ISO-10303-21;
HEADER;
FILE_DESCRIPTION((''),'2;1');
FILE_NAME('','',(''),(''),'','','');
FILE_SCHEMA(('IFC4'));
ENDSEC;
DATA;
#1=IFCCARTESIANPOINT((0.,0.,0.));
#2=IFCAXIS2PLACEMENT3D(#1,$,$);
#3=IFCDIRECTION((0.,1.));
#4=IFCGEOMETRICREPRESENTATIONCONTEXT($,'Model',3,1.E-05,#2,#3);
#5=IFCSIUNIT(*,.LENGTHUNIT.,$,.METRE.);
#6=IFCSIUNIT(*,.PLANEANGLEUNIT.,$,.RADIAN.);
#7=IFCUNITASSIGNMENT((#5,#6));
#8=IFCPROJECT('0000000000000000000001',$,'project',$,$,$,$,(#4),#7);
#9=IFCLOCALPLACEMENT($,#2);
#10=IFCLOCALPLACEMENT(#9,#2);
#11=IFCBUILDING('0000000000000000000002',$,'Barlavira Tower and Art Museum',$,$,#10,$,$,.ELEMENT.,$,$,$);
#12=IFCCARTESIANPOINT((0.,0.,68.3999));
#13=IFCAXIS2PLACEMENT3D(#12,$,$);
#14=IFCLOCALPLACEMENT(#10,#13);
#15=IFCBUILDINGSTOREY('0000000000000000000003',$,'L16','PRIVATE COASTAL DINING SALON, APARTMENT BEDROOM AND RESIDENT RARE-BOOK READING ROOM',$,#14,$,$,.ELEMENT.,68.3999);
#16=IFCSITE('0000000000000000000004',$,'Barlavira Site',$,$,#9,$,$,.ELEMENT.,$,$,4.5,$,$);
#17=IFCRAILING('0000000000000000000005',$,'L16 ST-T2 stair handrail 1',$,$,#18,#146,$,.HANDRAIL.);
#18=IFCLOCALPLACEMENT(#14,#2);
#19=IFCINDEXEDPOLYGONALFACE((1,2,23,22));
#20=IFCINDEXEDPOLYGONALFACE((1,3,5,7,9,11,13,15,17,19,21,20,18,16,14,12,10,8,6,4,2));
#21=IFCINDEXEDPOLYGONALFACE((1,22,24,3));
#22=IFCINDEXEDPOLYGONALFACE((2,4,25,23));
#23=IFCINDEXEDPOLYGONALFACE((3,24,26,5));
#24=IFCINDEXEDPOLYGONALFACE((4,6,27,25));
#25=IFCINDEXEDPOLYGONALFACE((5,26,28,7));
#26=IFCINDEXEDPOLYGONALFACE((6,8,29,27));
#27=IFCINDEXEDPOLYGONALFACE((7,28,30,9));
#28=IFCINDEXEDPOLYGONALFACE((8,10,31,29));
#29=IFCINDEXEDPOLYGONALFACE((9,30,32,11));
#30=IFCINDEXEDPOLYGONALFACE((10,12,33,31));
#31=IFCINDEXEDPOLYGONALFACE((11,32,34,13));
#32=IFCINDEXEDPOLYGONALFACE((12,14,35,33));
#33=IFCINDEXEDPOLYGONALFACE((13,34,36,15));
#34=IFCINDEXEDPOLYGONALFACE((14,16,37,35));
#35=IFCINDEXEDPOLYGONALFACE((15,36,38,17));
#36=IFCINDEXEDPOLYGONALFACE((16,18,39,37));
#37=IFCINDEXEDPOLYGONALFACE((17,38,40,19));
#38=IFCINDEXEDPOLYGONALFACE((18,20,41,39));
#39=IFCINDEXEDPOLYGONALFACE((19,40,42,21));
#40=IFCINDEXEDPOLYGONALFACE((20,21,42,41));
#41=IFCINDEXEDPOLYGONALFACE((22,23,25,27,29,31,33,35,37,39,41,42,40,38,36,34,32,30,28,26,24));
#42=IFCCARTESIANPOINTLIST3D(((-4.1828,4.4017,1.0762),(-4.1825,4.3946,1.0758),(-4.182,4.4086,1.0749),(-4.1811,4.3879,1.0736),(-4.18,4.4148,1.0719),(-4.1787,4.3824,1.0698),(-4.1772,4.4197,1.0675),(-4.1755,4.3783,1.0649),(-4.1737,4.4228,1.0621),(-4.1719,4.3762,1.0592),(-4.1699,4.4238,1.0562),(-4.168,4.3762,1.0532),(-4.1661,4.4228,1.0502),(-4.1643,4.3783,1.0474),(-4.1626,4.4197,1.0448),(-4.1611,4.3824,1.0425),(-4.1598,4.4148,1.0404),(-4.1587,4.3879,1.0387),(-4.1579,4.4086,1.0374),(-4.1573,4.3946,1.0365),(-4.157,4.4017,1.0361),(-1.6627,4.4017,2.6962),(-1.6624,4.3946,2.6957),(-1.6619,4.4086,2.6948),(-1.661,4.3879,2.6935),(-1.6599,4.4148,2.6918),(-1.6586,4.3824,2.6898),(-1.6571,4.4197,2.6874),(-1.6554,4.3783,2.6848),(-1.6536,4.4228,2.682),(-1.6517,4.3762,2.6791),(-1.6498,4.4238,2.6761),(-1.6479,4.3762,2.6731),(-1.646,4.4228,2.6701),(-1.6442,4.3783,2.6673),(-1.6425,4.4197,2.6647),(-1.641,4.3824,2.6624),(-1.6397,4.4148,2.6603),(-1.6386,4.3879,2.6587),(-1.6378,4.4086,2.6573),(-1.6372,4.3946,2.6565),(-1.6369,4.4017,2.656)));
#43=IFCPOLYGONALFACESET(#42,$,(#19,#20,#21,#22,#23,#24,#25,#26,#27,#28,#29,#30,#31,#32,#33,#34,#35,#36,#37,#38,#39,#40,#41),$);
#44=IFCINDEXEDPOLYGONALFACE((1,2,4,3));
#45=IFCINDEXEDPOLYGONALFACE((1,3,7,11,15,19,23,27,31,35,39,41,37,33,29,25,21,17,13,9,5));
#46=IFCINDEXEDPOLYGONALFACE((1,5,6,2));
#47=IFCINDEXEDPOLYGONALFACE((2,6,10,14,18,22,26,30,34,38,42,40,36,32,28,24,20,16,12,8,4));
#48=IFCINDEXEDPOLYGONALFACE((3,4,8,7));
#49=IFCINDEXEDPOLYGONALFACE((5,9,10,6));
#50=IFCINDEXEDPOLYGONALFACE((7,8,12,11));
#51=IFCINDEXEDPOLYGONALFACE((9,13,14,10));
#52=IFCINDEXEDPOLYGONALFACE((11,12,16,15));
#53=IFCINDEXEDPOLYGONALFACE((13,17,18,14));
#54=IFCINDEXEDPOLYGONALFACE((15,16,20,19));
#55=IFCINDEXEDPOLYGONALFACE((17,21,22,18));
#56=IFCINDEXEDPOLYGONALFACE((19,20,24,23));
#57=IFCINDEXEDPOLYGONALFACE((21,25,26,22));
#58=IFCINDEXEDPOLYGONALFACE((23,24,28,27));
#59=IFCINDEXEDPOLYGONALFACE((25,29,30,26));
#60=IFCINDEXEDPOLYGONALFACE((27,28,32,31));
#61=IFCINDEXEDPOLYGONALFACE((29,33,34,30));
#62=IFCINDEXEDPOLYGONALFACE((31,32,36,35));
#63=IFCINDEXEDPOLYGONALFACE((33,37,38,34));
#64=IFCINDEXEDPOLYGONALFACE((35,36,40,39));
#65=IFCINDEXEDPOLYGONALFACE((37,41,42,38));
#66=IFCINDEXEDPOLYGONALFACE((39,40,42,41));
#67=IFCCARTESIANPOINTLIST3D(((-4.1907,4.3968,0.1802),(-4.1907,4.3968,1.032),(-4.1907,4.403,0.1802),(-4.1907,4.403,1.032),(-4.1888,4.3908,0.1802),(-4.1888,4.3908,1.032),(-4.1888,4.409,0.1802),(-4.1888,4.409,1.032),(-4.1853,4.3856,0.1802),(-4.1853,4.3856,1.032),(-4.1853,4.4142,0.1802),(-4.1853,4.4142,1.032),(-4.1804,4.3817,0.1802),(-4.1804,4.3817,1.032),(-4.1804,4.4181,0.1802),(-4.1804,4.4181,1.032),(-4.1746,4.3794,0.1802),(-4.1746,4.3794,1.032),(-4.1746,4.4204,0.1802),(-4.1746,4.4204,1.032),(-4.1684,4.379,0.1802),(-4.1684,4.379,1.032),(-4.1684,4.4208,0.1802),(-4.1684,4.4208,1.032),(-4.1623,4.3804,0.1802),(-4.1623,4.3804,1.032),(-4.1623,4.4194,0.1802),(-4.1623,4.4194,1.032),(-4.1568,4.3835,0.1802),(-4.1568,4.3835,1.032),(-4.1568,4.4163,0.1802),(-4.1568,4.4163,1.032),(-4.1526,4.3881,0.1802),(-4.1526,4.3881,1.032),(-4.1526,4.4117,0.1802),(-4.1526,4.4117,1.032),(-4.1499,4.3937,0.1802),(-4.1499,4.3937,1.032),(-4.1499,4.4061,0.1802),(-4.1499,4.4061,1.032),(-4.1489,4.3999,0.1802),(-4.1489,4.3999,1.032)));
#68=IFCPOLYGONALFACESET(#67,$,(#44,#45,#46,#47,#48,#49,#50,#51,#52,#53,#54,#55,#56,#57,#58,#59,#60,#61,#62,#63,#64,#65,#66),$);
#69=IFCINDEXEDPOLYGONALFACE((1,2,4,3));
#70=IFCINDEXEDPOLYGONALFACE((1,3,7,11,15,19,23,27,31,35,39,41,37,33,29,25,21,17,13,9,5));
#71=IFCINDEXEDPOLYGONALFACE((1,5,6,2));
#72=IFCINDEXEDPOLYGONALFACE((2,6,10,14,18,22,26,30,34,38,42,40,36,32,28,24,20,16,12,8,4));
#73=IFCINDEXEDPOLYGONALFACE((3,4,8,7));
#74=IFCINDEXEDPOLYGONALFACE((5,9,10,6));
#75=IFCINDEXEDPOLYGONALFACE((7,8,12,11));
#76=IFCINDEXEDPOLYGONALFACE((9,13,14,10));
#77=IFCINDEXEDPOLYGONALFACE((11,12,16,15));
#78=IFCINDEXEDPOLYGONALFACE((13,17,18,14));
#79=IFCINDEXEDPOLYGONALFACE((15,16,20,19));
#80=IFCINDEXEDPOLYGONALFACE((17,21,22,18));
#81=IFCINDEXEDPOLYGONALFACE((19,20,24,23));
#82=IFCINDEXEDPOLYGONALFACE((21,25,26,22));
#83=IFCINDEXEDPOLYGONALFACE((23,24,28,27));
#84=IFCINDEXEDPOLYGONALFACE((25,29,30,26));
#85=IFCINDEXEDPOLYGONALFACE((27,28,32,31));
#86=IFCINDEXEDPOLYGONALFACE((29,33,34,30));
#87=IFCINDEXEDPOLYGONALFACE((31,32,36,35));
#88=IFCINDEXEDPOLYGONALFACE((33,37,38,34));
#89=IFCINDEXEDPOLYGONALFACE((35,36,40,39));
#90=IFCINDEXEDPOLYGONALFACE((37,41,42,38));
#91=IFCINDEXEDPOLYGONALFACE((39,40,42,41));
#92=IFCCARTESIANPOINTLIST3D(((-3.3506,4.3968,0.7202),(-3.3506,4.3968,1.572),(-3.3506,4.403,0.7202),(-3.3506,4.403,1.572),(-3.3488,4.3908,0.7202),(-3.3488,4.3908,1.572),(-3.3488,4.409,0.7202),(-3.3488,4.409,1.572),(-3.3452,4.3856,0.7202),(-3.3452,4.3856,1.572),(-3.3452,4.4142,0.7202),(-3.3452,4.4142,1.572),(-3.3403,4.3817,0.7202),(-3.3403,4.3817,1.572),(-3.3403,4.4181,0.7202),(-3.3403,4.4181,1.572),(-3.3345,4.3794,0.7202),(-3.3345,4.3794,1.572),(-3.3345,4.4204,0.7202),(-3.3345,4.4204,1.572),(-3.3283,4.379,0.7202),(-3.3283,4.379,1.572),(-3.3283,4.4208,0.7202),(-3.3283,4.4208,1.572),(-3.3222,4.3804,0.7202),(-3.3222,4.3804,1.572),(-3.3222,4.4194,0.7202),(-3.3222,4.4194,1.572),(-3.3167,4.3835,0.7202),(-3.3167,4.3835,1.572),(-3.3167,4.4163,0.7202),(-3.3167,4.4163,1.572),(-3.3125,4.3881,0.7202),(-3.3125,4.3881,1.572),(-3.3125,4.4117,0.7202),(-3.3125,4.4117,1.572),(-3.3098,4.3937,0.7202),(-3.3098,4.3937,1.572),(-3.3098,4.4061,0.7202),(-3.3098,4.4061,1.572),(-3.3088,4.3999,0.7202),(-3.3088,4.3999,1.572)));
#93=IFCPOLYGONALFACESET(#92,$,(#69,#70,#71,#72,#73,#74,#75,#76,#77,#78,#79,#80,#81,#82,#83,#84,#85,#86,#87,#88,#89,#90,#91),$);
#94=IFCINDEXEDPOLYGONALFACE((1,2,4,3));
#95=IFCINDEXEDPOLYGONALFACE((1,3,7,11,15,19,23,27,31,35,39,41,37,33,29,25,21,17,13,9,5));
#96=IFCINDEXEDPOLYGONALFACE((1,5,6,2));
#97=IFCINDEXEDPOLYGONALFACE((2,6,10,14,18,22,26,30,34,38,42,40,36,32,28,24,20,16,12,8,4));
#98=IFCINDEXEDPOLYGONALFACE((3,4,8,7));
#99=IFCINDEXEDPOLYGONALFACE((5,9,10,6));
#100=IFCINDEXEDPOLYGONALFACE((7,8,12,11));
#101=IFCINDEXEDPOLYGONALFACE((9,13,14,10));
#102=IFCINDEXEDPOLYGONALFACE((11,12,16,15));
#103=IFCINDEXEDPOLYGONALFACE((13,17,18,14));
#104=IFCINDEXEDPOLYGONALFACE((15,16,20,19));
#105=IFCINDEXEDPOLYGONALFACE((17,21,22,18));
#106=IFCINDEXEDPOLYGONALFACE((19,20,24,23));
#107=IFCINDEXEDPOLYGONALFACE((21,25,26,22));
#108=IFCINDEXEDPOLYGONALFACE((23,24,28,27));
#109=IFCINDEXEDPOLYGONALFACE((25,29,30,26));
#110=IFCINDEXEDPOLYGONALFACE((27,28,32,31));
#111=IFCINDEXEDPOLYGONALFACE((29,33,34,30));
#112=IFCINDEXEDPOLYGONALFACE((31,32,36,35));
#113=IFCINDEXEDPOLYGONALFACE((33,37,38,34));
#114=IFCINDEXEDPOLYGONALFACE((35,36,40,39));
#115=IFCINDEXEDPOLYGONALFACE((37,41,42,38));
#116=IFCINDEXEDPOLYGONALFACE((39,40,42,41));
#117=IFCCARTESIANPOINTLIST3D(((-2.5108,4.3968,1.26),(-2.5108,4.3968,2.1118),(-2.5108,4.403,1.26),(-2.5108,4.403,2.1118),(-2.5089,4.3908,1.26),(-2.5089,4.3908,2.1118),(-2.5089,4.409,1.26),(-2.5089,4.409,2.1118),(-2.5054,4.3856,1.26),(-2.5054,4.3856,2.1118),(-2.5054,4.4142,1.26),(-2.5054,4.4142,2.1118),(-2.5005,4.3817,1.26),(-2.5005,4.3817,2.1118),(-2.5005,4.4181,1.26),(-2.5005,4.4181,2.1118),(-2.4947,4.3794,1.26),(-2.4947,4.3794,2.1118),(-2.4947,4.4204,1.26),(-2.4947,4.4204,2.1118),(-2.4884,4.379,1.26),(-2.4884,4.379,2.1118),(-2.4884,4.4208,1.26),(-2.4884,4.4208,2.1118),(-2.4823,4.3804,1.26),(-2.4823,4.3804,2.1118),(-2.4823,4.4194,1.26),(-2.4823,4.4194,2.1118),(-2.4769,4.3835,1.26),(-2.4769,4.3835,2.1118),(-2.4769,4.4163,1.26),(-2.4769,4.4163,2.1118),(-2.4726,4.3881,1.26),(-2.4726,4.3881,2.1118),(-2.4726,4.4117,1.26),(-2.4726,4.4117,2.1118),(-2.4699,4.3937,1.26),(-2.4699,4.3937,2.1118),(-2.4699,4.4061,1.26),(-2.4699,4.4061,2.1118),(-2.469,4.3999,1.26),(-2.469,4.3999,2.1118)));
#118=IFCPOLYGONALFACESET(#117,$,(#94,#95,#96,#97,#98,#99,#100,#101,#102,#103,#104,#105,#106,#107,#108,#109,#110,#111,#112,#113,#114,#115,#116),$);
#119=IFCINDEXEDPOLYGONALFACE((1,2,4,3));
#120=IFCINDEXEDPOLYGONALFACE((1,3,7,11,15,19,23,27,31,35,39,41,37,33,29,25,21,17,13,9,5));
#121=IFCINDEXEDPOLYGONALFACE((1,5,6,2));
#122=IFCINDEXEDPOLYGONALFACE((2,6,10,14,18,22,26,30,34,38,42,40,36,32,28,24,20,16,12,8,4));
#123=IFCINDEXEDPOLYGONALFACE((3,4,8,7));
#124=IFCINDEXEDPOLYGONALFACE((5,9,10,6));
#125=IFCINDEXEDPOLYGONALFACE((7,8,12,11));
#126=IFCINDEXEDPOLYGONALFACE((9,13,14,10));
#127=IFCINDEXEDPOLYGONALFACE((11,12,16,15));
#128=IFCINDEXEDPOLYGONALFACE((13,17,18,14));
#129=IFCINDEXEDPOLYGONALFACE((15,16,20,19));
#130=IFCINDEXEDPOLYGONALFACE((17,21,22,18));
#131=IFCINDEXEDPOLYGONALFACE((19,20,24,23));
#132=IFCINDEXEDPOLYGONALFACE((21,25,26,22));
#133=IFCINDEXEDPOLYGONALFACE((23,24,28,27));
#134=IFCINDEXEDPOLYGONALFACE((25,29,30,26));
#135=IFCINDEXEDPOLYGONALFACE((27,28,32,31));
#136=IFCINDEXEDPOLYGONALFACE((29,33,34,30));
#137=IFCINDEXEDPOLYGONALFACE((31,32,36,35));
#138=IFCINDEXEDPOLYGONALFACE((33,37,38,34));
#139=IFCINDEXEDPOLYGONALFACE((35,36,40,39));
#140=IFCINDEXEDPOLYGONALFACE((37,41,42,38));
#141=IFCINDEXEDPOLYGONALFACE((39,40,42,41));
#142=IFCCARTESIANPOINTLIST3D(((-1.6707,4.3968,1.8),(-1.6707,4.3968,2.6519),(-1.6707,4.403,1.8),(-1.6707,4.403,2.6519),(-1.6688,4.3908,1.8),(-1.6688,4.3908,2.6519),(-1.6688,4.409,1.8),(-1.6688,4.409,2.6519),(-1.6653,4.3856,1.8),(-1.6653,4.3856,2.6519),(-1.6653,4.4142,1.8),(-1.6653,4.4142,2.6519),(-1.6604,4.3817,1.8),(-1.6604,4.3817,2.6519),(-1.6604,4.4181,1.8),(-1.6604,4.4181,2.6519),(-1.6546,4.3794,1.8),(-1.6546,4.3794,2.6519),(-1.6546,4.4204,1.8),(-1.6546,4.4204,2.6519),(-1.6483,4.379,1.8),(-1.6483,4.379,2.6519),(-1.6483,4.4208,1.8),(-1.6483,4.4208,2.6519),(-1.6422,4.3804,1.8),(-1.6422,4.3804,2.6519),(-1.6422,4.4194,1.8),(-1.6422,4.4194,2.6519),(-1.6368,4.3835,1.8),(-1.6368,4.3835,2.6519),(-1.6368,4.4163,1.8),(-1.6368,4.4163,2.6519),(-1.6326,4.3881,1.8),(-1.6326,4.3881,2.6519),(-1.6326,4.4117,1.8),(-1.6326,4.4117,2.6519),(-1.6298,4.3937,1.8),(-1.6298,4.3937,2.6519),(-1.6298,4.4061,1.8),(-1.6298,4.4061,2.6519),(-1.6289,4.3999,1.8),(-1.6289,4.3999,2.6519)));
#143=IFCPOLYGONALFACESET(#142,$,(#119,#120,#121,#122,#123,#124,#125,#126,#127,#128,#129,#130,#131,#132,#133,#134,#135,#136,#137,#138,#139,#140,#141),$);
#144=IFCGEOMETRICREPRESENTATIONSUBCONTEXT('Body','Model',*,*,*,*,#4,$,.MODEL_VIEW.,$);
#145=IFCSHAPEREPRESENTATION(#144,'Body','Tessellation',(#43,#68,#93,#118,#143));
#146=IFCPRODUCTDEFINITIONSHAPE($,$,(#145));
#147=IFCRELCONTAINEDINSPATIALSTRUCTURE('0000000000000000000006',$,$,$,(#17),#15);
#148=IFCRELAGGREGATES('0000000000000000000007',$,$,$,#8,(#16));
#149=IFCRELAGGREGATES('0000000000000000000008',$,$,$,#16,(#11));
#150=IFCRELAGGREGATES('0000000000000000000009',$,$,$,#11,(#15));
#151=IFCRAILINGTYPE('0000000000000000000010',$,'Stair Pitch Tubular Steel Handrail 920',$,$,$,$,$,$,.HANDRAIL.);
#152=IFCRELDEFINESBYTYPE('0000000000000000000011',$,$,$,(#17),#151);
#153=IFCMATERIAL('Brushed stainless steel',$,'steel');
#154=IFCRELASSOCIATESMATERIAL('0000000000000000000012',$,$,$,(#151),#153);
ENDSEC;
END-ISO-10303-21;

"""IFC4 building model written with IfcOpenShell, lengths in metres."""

from ifc_helpers import new_model, si_unit, direction, frame, origin, origin_2d, place, context, subcontext, project, spatial, circle, extrude, material, type_object, element, save


model = new_model("IFC4")

# Units and contexts
model_context = context("Model", 3, precision=1e-05, world=origin(), true_north=direction((0.0, 1.0)))
body_context = subcontext(model_context, "Body", "Model", "MODEL_VIEW")
ifc_project = project(units=[si_unit("LENGTHUNIT", "METRE"), si_unit("PLANEANGLEUNIT", "RADIAN")], contexts=[model_context])

# Site, building, storey
site_placement = place(None, origin())
site = spatial("IfcSite", under=ifc_project, at=site_placement, Name="Barlavira Site", CompositionType="ELEMENT", RefElevation=4.5)
building_placement = place(site_placement, origin())
building = spatial("IfcBuilding", under=site, at=building_placement, Name="Barlavira Tower and Art Museum", CompositionType="ELEMENT")
storey_placement = place(building_placement, frame((0.0, 0.0, 68.3999)))
storey = spatial("IfcBuildingStorey", under=building, at=storey_placement, Name="L16", Description="PRIVATE COASTAL DINING SALON, APARTMENT BEDROOM AND RESIDENT RARE-BOOK READING ROOM", CompositionType="ELEMENT", Elevation=68.3999)

# Shared definitions
ifc_material_1 = material(Name="Brushed stainless steel", Category="steel")

# Railing
railing_type_1 = type_object("IfcRailingType", Name="Stair Pitch Tubular Steel Handrail 920", PredefinedType="HANDRAIL", material=ifc_material_1)
railing_1_placement = place(storey_placement, frame((-4.1699, 4.3999, 0.1802)))
element("IfcRailing", 1, at=railing_1_placement, inside=storey, type_object=railing_type_1, Name="L16 ST-T2 stair handrail 1", PredefinedType="HANDRAIL", context=body_context, shape_type="SweptSolid", body=[
    extrude(circle(Radius=0.0239, at=origin_2d()), frame((0.0, 0.0, 0.876), z_axis=(0.8412, 0.0, 0.540725), x_axis=(0.0, 1.0, 0.0)), (0.0, 0.0, 1.0), 2.9958),
    extrude(circle(Radius=0.021, at=origin_2d()), origin(), (0.0, 0.0, 1.0), 0.8518),
    extrude(circle(Radius=0.021, at=origin_2d()), frame((0.8401, 0.0, 0.54)), (0.0, 0.0, 1.0), 0.8518),
    extrude(circle(Radius=0.021, at=origin_2d()), frame((1.6799, 0.0, 1.0798)), (0.0, 0.0, 1.0), 0.8518),
    extrude(circle(Radius=0.021, at=origin_2d()), frame((2.52, 0.0, 1.6199)), (0.0, 0.0, 1.0), 0.8518),
])

save(model, "model.ifc")
